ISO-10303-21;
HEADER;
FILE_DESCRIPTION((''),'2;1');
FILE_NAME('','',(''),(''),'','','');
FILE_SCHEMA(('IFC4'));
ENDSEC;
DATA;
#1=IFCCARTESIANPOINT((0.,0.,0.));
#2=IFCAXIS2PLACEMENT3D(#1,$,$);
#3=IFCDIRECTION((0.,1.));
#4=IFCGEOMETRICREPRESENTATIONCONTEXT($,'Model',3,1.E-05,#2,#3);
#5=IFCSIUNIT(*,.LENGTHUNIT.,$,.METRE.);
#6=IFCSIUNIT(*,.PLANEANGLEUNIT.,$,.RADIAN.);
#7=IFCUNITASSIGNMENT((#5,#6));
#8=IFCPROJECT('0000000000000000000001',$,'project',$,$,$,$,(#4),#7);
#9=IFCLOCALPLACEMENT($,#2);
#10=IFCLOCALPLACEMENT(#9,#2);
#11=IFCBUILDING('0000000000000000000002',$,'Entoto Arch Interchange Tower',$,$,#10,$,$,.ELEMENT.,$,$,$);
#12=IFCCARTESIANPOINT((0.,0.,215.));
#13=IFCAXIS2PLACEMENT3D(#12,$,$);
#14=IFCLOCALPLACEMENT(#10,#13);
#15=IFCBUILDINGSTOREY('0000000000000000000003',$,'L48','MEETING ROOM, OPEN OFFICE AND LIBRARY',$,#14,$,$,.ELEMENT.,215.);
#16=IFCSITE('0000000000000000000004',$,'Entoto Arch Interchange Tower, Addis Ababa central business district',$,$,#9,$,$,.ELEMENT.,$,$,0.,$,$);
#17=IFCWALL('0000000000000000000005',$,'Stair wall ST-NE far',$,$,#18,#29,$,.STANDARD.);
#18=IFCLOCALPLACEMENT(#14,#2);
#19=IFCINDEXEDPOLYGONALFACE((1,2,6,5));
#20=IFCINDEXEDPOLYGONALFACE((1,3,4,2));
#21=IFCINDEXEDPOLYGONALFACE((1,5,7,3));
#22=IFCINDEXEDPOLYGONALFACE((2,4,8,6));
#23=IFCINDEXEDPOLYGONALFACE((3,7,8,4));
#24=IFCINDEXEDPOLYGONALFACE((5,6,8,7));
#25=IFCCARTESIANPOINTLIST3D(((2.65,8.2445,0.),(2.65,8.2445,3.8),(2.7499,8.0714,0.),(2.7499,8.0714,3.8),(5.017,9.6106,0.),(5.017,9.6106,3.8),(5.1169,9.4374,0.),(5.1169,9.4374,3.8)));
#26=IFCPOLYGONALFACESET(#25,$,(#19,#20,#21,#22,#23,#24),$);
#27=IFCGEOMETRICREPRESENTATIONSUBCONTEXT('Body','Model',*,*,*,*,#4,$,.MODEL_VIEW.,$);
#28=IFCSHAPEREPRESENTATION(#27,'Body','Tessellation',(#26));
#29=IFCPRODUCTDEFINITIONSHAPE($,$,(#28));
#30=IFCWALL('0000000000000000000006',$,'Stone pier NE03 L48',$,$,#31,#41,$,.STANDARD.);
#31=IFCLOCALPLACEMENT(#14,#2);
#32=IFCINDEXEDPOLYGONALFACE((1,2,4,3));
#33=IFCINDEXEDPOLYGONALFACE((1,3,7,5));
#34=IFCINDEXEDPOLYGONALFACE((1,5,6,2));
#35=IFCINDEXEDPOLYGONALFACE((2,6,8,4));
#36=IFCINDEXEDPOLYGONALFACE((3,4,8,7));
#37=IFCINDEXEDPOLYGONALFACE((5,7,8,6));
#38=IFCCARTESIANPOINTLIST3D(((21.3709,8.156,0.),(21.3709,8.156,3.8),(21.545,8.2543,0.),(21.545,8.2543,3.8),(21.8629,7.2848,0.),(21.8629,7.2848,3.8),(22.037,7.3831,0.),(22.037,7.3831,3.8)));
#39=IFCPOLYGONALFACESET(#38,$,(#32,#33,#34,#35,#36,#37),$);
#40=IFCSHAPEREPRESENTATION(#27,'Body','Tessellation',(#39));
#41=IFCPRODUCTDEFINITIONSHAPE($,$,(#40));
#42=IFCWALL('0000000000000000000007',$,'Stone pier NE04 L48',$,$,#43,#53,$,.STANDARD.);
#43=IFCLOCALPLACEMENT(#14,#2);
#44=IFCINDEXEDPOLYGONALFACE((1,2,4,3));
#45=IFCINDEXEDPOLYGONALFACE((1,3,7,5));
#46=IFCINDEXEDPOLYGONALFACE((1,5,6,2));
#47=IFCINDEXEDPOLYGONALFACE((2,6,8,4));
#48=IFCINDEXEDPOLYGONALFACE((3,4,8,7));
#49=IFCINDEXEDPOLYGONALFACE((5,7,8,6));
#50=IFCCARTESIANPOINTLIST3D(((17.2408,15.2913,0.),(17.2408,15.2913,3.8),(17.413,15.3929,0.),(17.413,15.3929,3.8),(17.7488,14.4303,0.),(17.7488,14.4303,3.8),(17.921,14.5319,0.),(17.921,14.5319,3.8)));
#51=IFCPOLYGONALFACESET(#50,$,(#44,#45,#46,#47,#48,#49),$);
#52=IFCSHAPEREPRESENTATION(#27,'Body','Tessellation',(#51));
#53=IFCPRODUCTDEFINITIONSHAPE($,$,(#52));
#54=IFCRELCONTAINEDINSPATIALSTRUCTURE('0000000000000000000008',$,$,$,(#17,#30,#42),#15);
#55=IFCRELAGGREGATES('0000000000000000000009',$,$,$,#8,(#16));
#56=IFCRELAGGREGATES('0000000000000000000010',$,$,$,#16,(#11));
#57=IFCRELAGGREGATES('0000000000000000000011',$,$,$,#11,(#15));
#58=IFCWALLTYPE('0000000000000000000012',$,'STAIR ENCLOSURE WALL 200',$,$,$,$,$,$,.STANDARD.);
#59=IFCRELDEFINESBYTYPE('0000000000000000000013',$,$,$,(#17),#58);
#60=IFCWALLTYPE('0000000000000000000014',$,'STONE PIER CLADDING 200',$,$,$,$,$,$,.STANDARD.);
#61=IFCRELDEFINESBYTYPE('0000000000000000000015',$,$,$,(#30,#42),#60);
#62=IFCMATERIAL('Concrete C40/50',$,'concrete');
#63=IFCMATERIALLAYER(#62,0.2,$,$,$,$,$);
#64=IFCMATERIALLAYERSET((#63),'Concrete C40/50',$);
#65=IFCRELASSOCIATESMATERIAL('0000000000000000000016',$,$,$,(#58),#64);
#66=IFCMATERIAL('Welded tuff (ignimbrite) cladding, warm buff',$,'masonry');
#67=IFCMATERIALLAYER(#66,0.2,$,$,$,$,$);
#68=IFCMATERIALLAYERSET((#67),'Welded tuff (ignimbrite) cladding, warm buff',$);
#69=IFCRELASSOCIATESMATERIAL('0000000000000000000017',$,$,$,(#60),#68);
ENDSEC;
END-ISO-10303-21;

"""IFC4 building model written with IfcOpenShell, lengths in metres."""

from ifc_helpers import new_model, si_unit, direction, frame, frame_2d, origin, place, context, subcontext, project, spatial, rectangle, extrude, material, layer, layer_set, type_object, element, save


model = new_model("IFC4")

# Units and contexts
model_context = context("Model", 3, precision=1e-05, world=origin(), true_north=direction((0.0, 1.0)))
body_context = subcontext(model_context, "Body", "Model", "MODEL_VIEW")
ifc_project = project(units=[si_unit("LENGTHUNIT", "METRE"), si_unit("PLANEANGLEUNIT", "RADIAN")], contexts=[model_context])

# Site, building, storey
site_placement = place(None, origin())
site = spatial("IfcSite", under=ifc_project, at=site_placement, Name="Entoto Arch Interchange Tower, Addis Ababa central business district", CompositionType="ELEMENT", RefElevation=0.0)
building_placement = place(site_placement, origin())
building = spatial("IfcBuilding", under=site, at=building_placement, Name="Entoto Arch Interchange Tower", CompositionType="ELEMENT")
storey_placement = place(building_placement, frame((0.0, 0.0, 215.0)))
storey = spatial("IfcBuildingStorey", under=building, at=storey_placement, Name="L48", Description="MEETING ROOM, OPEN OFFICE AND LIBRARY", CompositionType="ELEMENT", Elevation=215.0)

# Shared definitions
ifc_material_1 = material(Name="Concrete C40/50", Category="concrete")

# Wall
ifc_layer_1 = layer(ifc_material_1, 0.2)
ifc_layer_set_1 = layer_set([ifc_layer_1], Name="Concrete C40/50")
wall_type_1 = type_object("IfcWallType", Name="STAIR ENCLOSURE WALL 200", PredefinedType="STANDARD", material=ifc_layer_set_1)
wall_1_placement = place(storey_placement, frame((2.7, 8.158, 0.0), z_axis=(0.0, 0.0, 1.0), x_axis=(0.866119, 0.499838, 0.0)))
element("IfcWall", 1, at=wall_1_placement, inside=storey, type_object=wall_type_1, Name="Stair wall ST-NE far", PredefinedType="STANDARD", context=body_context, shape_type="SweptSolid", body=[
    extrude(rectangle(XDim=2.7329, YDim=0.2, at=frame_2d((1.3665, 0.0))), origin(), (0.0, 0.0, 1.0), 3.8),
])

# Shared definitions
ifc_material_2 = material(Name="Welded tuff (ignimbrite) cladding, warm buff", Category="masonry")

# Walls
ifc_layer_2 = layer(ifc_material_2, 0.2)
ifc_layer_set_2 = layer_set([ifc_layer_2], Name="Welded tuff (ignimbrite) cladding, warm buff")
wall_type_2 = type_object("IfcWallType", Name="STONE PIER CLADDING 200", PredefinedType="STANDARD", material=ifc_layer_set_2)
wall_2_placement = place(storey_placement, frame((21.95, 7.334, 0.0), z_axis=(0.0, 0.0, 1.0), x_axis=(-0.491744, 0.87074, 0.0)))
element("IfcWall", 2, at=wall_2_placement, inside=storey, type_object=wall_type_2, Name="Stone pier NE03 L48", PredefinedType="STANDARD", context=body_context, shape_type="SweptSolid", body=[
    extrude(rectangle(XDim=1.0005, YDim=0.2, at=frame_2d((0.5002, 0.0))), origin(), (0.0, 0.0, 1.0), 3.8),
])
wall_3_placement = place(storey_placement, frame((17.835, 14.481, 0.0), z_axis=(0.0, 0.0, 1.0), x_axis=(-0.508162, 0.861262, 0.0)))
element("IfcWall", 3, at=wall_3_placement, inside=storey, type_object=wall_type_2, Name="Stone pier NE04 L48", PredefinedType="STANDARD", context=body_context, shape_type="SweptSolid", body=[
    extrude(rectangle(XDim=0.9998, YDim=0.2, at=frame_2d((0.5, 0.0))), origin(), (0.0, 0.0, 1.0), 3.8),
])

save(model, "model.ifc")
